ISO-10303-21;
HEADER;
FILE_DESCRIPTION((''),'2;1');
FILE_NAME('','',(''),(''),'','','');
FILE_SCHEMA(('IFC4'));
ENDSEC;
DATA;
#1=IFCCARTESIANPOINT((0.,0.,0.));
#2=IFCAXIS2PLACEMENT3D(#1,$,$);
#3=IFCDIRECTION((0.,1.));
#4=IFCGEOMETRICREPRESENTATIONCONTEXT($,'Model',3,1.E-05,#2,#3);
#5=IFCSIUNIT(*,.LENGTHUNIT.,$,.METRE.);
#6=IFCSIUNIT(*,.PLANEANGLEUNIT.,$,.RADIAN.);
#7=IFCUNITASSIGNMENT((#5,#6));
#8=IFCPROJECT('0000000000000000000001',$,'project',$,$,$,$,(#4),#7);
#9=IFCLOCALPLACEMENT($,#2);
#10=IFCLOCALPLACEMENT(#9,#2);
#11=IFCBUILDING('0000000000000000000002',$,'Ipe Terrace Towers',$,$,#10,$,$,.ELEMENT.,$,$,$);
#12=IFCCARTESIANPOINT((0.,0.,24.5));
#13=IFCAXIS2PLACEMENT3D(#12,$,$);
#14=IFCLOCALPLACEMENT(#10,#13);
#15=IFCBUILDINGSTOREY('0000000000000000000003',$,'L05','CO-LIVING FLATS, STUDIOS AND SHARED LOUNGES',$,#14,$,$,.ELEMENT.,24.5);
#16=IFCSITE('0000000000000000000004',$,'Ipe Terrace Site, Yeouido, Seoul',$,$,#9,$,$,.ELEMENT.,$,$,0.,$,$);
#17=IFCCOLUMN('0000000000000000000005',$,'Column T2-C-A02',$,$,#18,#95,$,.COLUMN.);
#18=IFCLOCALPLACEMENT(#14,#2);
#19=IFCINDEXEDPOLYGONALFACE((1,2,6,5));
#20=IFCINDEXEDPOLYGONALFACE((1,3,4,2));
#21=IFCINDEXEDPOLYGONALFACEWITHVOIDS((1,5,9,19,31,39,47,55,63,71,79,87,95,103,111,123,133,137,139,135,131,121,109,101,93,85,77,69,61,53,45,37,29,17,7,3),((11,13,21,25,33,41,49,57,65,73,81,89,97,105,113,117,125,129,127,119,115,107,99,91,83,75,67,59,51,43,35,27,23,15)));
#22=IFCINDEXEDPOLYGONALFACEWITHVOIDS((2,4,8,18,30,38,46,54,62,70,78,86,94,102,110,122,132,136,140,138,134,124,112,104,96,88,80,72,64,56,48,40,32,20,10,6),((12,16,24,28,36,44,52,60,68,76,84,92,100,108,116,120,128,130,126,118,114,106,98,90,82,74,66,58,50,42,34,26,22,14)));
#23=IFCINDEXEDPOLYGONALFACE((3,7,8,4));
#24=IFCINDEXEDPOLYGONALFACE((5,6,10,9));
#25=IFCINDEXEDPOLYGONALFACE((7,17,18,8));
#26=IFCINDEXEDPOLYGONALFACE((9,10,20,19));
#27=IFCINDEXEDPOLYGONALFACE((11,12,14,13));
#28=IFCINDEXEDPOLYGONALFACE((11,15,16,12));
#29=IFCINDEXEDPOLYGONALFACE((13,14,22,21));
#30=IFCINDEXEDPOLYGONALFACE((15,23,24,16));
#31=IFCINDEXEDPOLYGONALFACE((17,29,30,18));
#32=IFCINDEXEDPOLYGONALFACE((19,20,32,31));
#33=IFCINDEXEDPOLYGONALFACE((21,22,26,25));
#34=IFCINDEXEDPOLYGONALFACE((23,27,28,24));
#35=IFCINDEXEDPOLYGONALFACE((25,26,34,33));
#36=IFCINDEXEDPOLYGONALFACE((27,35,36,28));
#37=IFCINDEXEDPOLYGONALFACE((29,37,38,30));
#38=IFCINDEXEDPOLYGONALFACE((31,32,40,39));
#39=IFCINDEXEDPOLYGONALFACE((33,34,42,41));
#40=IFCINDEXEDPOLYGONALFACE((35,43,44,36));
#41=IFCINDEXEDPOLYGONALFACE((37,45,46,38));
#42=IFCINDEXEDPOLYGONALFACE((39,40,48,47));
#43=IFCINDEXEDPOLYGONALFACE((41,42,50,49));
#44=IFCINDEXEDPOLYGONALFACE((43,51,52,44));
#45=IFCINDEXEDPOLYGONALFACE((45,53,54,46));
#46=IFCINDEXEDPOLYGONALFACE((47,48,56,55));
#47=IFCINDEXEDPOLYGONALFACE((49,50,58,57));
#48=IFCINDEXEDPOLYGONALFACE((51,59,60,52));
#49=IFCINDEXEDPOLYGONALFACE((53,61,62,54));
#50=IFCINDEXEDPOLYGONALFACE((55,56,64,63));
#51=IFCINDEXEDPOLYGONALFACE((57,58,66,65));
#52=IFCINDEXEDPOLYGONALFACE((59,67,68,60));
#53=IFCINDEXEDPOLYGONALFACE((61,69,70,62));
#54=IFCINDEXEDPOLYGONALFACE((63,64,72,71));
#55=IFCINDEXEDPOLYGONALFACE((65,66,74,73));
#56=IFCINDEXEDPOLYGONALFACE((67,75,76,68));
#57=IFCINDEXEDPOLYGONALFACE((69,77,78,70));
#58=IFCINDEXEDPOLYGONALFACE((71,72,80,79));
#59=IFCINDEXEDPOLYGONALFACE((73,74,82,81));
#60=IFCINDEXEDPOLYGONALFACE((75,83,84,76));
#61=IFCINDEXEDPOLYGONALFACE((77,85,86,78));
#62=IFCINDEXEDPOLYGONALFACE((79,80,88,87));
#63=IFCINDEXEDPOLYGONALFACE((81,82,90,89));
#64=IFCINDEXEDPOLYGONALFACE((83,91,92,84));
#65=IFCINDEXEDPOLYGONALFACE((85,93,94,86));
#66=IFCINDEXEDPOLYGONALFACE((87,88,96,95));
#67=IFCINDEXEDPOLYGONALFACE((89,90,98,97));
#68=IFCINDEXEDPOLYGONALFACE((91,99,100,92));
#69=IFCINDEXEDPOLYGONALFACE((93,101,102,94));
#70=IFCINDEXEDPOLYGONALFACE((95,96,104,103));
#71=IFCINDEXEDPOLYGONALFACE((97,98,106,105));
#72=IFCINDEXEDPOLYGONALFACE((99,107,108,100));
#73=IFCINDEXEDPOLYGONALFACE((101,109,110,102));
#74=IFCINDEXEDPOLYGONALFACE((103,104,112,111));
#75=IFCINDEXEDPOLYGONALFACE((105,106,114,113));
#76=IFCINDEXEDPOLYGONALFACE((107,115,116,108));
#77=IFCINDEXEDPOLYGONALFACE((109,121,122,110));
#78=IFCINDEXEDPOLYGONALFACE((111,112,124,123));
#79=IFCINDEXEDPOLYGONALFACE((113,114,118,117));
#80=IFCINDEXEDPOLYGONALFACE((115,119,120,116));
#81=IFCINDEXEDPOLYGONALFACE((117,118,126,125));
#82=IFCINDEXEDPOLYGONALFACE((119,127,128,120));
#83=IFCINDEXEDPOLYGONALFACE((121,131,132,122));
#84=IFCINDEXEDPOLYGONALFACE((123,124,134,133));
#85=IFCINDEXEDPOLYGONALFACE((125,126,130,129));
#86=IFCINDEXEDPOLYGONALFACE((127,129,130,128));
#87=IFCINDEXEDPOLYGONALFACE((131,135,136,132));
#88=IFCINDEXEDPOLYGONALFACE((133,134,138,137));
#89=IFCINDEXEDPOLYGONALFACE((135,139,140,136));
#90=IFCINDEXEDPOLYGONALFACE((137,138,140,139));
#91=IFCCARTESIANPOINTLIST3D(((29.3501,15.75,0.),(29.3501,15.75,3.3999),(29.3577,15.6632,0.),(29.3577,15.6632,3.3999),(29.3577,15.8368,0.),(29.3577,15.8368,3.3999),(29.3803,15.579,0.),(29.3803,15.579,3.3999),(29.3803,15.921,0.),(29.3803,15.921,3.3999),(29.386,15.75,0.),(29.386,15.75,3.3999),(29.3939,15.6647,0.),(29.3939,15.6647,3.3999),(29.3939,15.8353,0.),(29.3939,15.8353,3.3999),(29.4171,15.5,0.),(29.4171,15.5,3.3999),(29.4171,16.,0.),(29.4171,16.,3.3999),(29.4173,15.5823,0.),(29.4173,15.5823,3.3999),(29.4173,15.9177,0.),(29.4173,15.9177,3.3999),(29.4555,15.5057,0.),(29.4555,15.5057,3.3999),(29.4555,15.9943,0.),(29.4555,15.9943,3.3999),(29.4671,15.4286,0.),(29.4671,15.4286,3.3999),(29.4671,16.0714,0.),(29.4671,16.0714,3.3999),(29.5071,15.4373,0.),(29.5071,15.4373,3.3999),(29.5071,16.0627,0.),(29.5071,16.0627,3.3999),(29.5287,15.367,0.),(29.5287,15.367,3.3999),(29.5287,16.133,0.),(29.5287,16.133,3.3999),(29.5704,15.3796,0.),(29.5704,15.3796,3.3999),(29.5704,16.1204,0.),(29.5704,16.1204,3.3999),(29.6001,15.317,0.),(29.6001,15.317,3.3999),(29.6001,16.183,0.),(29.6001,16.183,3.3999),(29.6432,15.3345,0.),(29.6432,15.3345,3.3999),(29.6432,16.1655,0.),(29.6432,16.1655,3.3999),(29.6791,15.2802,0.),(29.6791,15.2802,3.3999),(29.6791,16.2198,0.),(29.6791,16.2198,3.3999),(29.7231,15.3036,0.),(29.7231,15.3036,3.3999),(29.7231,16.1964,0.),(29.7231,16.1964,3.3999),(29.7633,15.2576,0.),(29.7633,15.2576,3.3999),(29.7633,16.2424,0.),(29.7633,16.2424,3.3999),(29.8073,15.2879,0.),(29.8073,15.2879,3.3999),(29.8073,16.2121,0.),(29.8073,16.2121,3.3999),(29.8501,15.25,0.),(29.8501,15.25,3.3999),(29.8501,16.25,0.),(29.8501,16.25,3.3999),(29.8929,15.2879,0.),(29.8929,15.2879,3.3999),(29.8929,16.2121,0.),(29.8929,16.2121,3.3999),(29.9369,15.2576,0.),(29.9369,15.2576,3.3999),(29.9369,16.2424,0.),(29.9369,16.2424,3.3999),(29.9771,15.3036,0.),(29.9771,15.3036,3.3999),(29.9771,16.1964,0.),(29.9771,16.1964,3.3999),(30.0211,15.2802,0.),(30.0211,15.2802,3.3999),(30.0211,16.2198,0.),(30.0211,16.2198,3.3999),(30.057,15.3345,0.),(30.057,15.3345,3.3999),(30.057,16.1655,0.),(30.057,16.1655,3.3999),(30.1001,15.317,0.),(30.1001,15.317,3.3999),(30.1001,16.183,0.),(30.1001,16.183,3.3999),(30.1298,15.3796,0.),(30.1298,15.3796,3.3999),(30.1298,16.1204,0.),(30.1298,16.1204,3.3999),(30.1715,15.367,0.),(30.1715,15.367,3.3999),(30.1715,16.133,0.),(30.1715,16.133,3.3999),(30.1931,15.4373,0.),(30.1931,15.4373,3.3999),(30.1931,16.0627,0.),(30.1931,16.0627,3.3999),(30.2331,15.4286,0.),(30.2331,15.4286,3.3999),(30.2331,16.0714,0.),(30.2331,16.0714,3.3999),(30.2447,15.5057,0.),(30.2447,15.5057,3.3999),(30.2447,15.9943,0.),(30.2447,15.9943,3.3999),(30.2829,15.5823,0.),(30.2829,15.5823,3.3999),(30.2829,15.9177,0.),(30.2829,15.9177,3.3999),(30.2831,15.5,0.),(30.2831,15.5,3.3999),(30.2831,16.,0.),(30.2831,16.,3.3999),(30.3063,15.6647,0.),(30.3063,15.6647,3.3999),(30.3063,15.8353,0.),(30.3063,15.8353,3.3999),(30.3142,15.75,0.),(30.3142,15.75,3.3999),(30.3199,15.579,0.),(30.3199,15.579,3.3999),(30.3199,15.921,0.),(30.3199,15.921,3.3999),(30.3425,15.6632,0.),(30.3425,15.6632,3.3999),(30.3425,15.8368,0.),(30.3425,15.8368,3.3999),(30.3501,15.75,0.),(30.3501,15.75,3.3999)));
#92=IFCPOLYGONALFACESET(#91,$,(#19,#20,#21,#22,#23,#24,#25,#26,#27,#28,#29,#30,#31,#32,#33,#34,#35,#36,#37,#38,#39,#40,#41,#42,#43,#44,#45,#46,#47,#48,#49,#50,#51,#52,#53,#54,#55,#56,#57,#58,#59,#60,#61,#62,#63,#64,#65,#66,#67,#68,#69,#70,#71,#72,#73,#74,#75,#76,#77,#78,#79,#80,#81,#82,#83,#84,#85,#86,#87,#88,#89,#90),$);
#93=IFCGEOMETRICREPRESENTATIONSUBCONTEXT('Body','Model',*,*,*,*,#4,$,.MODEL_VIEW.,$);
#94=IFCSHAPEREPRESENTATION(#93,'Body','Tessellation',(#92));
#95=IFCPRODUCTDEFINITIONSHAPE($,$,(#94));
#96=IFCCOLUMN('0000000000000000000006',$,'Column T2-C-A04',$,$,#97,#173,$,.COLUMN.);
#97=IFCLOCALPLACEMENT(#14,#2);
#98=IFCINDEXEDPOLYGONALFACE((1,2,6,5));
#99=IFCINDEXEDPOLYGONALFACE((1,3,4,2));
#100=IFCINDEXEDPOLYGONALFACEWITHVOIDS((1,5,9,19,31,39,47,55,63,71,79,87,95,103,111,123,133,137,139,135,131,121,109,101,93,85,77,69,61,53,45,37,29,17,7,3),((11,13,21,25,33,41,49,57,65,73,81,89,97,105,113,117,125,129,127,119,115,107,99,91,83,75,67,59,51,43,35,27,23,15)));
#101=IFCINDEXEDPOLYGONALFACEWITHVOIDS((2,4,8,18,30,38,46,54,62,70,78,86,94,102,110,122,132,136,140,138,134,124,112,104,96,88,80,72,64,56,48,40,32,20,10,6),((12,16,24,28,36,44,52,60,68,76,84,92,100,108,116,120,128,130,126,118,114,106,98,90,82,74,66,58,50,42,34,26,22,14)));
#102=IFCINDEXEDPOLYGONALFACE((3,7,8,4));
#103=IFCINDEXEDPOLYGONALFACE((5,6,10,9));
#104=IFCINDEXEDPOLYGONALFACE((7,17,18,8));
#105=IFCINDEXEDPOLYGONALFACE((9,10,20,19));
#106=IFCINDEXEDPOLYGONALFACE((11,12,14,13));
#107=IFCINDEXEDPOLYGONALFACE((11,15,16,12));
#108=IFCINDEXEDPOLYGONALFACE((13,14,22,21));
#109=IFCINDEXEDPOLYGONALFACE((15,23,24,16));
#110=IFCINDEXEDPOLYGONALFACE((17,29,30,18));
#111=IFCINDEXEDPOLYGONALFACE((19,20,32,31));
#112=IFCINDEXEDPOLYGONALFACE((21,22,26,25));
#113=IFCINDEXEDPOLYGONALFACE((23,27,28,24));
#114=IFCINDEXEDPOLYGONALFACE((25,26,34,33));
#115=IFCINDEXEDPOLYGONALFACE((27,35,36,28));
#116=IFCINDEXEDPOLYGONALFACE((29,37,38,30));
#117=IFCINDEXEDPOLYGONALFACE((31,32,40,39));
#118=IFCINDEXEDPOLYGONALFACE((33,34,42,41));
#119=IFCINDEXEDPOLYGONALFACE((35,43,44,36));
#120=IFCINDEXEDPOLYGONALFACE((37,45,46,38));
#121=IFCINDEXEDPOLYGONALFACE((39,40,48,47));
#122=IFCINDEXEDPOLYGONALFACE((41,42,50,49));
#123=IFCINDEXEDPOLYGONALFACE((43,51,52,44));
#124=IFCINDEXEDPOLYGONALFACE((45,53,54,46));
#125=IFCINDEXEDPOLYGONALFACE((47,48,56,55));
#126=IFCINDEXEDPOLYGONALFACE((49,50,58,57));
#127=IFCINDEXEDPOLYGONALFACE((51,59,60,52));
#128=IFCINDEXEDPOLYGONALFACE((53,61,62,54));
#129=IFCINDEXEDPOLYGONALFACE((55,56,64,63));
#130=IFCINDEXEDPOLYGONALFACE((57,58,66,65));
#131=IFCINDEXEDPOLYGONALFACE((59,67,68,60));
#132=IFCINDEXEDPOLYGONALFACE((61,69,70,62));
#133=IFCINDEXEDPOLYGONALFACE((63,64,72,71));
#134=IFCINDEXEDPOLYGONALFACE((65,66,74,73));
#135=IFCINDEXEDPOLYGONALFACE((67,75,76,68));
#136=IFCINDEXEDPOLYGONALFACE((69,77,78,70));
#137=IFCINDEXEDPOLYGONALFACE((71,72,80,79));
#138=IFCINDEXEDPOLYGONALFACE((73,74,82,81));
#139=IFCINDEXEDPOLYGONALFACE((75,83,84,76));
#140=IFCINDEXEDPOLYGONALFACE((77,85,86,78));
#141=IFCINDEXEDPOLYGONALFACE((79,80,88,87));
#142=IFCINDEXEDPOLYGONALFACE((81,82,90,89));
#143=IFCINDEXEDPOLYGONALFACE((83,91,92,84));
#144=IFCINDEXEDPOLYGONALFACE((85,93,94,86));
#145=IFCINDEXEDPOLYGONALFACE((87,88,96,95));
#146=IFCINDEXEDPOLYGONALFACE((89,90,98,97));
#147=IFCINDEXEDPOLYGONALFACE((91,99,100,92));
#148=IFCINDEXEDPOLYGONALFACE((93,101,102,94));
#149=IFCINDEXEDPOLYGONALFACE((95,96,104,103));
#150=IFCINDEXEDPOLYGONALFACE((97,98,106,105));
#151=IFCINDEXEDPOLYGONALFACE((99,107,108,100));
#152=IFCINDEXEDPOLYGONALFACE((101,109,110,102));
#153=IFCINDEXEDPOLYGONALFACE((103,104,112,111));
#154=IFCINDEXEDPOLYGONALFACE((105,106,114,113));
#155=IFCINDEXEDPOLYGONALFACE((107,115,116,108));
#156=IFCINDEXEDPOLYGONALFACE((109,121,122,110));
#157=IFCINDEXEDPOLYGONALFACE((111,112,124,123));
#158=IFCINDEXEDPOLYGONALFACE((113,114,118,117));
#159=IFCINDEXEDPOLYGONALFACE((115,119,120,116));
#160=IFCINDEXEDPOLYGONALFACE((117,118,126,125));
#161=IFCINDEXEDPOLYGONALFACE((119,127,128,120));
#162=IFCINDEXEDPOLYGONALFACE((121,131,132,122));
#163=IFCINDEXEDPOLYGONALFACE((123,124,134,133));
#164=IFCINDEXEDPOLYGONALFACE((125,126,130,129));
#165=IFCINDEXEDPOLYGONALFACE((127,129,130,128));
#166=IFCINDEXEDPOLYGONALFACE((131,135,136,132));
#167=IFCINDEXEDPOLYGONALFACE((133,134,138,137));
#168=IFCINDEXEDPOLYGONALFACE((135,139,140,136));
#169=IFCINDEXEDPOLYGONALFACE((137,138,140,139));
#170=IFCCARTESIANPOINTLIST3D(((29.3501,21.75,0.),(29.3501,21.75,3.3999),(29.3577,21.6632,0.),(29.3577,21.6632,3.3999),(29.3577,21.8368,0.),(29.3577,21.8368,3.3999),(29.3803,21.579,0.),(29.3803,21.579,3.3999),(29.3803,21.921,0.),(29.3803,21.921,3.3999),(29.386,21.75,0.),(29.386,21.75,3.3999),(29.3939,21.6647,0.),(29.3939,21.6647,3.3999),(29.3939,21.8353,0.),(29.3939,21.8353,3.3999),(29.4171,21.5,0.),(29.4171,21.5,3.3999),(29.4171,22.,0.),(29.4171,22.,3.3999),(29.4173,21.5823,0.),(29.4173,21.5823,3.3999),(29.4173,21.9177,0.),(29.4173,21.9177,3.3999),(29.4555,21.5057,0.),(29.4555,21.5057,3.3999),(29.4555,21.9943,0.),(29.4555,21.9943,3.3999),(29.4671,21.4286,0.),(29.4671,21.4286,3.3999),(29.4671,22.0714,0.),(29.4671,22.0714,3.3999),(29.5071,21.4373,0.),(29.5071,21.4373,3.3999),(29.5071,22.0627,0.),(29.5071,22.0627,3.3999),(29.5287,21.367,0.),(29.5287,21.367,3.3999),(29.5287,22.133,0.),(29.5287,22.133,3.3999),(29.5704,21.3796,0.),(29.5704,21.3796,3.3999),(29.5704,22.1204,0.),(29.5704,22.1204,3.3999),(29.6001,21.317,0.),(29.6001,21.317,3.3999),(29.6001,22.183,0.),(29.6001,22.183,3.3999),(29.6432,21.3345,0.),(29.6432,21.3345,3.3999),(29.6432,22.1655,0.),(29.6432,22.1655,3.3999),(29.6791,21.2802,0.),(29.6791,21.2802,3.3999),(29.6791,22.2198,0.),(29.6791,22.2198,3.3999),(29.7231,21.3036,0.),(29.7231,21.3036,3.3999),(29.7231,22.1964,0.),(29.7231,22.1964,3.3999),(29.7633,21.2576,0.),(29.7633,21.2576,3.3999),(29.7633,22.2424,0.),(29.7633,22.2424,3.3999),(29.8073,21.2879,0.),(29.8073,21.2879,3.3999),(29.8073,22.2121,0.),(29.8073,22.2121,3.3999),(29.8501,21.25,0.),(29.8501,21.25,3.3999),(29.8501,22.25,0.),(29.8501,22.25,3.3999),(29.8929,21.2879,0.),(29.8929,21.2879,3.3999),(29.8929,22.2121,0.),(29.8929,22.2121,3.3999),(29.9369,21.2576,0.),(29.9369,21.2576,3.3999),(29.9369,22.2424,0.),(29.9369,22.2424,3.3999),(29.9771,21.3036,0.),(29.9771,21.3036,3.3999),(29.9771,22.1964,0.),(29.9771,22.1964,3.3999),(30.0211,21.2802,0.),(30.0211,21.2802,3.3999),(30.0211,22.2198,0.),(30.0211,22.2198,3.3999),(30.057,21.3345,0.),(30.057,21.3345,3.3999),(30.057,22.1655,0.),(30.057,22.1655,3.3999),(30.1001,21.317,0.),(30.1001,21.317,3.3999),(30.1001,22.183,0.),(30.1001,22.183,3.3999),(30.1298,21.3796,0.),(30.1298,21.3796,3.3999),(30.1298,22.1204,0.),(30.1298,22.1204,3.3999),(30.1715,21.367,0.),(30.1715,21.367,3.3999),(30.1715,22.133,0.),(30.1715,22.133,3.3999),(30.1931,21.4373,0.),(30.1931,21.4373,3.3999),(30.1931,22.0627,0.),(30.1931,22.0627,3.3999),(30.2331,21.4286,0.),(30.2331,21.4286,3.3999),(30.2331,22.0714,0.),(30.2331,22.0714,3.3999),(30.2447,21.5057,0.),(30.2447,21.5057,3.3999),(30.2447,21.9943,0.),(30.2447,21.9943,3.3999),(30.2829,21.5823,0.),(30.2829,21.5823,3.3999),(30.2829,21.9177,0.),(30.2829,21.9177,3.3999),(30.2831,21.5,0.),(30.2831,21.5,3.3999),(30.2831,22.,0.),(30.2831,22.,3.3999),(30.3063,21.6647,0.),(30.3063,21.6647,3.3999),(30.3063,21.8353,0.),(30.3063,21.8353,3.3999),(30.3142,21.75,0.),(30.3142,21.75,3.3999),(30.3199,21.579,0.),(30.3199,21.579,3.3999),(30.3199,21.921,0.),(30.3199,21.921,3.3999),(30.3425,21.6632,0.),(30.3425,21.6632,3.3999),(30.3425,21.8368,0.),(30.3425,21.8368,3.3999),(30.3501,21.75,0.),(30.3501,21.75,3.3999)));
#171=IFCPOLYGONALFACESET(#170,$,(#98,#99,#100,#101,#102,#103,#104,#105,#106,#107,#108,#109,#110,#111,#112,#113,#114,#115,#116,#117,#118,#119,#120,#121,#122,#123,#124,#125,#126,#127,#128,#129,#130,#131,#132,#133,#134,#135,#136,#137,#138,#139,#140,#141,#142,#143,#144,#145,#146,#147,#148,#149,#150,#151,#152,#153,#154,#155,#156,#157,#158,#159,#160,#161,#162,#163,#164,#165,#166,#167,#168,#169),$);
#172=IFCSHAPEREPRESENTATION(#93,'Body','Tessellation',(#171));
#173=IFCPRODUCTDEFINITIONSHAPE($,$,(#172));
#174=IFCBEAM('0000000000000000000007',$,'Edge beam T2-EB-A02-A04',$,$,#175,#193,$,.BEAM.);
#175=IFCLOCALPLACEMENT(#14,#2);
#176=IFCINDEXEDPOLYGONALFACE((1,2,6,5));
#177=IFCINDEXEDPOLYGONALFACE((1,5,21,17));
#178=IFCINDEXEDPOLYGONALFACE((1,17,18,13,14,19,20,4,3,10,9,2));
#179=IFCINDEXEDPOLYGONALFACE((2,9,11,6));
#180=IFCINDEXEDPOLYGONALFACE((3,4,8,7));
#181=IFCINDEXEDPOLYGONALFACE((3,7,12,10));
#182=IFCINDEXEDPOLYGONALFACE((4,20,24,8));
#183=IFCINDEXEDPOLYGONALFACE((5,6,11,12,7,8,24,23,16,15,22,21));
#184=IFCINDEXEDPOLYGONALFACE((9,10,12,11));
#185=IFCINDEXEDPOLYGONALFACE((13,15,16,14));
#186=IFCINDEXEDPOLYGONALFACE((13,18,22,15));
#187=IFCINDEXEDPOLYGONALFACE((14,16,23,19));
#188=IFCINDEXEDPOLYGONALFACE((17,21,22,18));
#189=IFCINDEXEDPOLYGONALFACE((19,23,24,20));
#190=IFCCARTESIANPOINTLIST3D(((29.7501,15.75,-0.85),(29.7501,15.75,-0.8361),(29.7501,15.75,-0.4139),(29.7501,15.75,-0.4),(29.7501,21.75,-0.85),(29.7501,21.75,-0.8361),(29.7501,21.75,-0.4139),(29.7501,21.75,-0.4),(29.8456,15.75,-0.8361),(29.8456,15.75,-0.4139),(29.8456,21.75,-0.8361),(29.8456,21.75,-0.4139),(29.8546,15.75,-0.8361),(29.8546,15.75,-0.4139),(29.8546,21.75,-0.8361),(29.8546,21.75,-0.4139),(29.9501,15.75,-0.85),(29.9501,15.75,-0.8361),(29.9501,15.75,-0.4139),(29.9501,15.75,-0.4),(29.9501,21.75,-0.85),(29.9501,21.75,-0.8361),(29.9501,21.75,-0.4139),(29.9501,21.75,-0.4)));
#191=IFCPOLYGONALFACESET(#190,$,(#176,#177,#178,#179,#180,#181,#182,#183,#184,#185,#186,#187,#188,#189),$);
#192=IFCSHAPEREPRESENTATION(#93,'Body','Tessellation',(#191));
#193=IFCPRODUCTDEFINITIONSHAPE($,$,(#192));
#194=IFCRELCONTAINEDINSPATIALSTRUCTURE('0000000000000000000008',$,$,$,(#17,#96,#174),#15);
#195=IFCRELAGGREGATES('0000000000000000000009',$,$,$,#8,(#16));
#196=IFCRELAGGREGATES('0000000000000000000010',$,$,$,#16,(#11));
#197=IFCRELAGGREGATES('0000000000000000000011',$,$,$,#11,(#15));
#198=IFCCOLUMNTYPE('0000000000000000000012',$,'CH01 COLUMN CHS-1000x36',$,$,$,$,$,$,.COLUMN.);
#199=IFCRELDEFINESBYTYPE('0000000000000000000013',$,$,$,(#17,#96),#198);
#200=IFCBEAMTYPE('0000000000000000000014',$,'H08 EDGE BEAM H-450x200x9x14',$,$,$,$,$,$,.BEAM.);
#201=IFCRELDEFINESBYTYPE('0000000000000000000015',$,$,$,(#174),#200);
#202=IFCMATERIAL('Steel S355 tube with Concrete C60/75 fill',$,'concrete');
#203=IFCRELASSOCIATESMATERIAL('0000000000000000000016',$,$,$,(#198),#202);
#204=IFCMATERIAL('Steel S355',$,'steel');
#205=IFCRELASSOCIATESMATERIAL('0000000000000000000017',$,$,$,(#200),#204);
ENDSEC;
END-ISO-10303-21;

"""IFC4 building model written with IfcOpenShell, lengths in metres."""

from ifc_helpers import new_model, si_unit, direction, frame, origin, origin_2d, place, context, subcontext, project, spatial, hollow_circle, i_section, extrude, material, material_profile, profile_set, type_object, element, save


model = new_model("IFC4")

# Units and contexts
model_context = context("Model", 3, precision=1e-05, world=origin(), true_north=direction((0.0, 1.0)))
body_context = subcontext(model_context, "Body", "Model", "MODEL_VIEW")
ifc_project = project(units=[si_unit("LENGTHUNIT", "METRE"), si_unit("PLANEANGLEUNIT", "RADIAN")], contexts=[model_context])

# Site, building, storey
site_placement = place(None, origin())
site = spatial("IfcSite", under=ifc_project, at=site_placement, Name="Ipe Terrace Site, Yeouido, Seoul", CompositionType="ELEMENT", RefElevation=0.0)
building_placement = place(site_placement, origin())
building = spatial("IfcBuilding", under=site, at=building_placement, Name="Ipe Terrace Towers", CompositionType="ELEMENT")
storey_placement = place(building_placement, frame((0.0, 0.0, 24.5)))
storey = spatial("IfcBuildingStorey", under=building, at=storey_placement, Name="L05", Description="CO-LIVING FLATS, STUDIOS AND SHARED LOUNGES", CompositionType="ELEMENT", Elevation=24.5)

# Columns
ifc_material_1 = material(Name="Steel S355 tube with Concrete C60/75 fill", Category="concrete")
ifc_material_profile_1 = material_profile(ifc_material_1, hollow_circle(Radius=0.5, WallThickness=0.0359, at=origin_2d()), Name="CHS-1000x36")
ifc_profile_set_1 = profile_set([ifc_material_profile_1], Name="Steel S355 tube with Concrete C60/75 fill")
column_type = type_object("IfcColumnType", Name="CH01 COLUMN CHS-1000x36", PredefinedType="COLUMN", material=ifc_profile_set_1)
for number, where, z_axis, x_axis, name in (
    (1, (29.8501, 15.75, 0.0), (0.0, 0.0, 1.0), (1.0, 0.0, 0.0), "Column T2-C-A02"),
    (2, (29.8501, 21.75, 0.0), (0.0, 0.0, 1.0), (1.0, 0.0, 0.0), "Column T2-C-A04"),
):
    element("IfcColumn", number, at=place(storey_placement, frame(where, z_axis=z_axis, x_axis=x_axis)), inside=storey, type_object=column_type, Name=name, PredefinedType="COLUMN", context=body_context, shape_type="SweptSolid", body=[
        extrude(hollow_circle(Radius=0.5, WallThickness=0.0359, at=origin_2d()), origin(), (0.0, 0.0, 1.0), 3.3999),
    ])

# Beam
ifc_material_2 = material(Name="Steel S355", Category="steel")
ifc_material_profile_2 = material_profile(ifc_material_2, i_section(OverallWidth=0.2, OverallDepth=0.45, WebThickness=0.009, FlangeThickness=0.0139, at=origin_2d()), Name="H-450x200x9x14")
ifc_profile_set_2 = profile_set([ifc_material_profile_2], Name="Steel S355")
beam_type_1 = type_object("IfcBeamType", Name="H08 EDGE BEAM H-450x200x9x14", PredefinedType="BEAM", material=ifc_profile_set_2)
beam_1_placement = place(storey_placement, frame((29.8501, 15.75, -0.625), z_axis=(0.0, 1.0, 0.0), x_axis=(-1.0, 0.0, 0.0)))
element("IfcBeam", 3, at=beam_1_placement, inside=storey, type_object=beam_type_1, Name="Edge beam T2-EB-A02-A04", PredefinedType="BEAM", context=body_context, shape_type="SweptSolid", body=[
    extrude(i_section(OverallWidth=0.2, OverallDepth=0.45, WebThickness=0.009, FlangeThickness=0.0139, at=origin_2d()), origin(), (0.0, 0.0, 1.0), 6.0),
])

save(model, "model.ifc")
